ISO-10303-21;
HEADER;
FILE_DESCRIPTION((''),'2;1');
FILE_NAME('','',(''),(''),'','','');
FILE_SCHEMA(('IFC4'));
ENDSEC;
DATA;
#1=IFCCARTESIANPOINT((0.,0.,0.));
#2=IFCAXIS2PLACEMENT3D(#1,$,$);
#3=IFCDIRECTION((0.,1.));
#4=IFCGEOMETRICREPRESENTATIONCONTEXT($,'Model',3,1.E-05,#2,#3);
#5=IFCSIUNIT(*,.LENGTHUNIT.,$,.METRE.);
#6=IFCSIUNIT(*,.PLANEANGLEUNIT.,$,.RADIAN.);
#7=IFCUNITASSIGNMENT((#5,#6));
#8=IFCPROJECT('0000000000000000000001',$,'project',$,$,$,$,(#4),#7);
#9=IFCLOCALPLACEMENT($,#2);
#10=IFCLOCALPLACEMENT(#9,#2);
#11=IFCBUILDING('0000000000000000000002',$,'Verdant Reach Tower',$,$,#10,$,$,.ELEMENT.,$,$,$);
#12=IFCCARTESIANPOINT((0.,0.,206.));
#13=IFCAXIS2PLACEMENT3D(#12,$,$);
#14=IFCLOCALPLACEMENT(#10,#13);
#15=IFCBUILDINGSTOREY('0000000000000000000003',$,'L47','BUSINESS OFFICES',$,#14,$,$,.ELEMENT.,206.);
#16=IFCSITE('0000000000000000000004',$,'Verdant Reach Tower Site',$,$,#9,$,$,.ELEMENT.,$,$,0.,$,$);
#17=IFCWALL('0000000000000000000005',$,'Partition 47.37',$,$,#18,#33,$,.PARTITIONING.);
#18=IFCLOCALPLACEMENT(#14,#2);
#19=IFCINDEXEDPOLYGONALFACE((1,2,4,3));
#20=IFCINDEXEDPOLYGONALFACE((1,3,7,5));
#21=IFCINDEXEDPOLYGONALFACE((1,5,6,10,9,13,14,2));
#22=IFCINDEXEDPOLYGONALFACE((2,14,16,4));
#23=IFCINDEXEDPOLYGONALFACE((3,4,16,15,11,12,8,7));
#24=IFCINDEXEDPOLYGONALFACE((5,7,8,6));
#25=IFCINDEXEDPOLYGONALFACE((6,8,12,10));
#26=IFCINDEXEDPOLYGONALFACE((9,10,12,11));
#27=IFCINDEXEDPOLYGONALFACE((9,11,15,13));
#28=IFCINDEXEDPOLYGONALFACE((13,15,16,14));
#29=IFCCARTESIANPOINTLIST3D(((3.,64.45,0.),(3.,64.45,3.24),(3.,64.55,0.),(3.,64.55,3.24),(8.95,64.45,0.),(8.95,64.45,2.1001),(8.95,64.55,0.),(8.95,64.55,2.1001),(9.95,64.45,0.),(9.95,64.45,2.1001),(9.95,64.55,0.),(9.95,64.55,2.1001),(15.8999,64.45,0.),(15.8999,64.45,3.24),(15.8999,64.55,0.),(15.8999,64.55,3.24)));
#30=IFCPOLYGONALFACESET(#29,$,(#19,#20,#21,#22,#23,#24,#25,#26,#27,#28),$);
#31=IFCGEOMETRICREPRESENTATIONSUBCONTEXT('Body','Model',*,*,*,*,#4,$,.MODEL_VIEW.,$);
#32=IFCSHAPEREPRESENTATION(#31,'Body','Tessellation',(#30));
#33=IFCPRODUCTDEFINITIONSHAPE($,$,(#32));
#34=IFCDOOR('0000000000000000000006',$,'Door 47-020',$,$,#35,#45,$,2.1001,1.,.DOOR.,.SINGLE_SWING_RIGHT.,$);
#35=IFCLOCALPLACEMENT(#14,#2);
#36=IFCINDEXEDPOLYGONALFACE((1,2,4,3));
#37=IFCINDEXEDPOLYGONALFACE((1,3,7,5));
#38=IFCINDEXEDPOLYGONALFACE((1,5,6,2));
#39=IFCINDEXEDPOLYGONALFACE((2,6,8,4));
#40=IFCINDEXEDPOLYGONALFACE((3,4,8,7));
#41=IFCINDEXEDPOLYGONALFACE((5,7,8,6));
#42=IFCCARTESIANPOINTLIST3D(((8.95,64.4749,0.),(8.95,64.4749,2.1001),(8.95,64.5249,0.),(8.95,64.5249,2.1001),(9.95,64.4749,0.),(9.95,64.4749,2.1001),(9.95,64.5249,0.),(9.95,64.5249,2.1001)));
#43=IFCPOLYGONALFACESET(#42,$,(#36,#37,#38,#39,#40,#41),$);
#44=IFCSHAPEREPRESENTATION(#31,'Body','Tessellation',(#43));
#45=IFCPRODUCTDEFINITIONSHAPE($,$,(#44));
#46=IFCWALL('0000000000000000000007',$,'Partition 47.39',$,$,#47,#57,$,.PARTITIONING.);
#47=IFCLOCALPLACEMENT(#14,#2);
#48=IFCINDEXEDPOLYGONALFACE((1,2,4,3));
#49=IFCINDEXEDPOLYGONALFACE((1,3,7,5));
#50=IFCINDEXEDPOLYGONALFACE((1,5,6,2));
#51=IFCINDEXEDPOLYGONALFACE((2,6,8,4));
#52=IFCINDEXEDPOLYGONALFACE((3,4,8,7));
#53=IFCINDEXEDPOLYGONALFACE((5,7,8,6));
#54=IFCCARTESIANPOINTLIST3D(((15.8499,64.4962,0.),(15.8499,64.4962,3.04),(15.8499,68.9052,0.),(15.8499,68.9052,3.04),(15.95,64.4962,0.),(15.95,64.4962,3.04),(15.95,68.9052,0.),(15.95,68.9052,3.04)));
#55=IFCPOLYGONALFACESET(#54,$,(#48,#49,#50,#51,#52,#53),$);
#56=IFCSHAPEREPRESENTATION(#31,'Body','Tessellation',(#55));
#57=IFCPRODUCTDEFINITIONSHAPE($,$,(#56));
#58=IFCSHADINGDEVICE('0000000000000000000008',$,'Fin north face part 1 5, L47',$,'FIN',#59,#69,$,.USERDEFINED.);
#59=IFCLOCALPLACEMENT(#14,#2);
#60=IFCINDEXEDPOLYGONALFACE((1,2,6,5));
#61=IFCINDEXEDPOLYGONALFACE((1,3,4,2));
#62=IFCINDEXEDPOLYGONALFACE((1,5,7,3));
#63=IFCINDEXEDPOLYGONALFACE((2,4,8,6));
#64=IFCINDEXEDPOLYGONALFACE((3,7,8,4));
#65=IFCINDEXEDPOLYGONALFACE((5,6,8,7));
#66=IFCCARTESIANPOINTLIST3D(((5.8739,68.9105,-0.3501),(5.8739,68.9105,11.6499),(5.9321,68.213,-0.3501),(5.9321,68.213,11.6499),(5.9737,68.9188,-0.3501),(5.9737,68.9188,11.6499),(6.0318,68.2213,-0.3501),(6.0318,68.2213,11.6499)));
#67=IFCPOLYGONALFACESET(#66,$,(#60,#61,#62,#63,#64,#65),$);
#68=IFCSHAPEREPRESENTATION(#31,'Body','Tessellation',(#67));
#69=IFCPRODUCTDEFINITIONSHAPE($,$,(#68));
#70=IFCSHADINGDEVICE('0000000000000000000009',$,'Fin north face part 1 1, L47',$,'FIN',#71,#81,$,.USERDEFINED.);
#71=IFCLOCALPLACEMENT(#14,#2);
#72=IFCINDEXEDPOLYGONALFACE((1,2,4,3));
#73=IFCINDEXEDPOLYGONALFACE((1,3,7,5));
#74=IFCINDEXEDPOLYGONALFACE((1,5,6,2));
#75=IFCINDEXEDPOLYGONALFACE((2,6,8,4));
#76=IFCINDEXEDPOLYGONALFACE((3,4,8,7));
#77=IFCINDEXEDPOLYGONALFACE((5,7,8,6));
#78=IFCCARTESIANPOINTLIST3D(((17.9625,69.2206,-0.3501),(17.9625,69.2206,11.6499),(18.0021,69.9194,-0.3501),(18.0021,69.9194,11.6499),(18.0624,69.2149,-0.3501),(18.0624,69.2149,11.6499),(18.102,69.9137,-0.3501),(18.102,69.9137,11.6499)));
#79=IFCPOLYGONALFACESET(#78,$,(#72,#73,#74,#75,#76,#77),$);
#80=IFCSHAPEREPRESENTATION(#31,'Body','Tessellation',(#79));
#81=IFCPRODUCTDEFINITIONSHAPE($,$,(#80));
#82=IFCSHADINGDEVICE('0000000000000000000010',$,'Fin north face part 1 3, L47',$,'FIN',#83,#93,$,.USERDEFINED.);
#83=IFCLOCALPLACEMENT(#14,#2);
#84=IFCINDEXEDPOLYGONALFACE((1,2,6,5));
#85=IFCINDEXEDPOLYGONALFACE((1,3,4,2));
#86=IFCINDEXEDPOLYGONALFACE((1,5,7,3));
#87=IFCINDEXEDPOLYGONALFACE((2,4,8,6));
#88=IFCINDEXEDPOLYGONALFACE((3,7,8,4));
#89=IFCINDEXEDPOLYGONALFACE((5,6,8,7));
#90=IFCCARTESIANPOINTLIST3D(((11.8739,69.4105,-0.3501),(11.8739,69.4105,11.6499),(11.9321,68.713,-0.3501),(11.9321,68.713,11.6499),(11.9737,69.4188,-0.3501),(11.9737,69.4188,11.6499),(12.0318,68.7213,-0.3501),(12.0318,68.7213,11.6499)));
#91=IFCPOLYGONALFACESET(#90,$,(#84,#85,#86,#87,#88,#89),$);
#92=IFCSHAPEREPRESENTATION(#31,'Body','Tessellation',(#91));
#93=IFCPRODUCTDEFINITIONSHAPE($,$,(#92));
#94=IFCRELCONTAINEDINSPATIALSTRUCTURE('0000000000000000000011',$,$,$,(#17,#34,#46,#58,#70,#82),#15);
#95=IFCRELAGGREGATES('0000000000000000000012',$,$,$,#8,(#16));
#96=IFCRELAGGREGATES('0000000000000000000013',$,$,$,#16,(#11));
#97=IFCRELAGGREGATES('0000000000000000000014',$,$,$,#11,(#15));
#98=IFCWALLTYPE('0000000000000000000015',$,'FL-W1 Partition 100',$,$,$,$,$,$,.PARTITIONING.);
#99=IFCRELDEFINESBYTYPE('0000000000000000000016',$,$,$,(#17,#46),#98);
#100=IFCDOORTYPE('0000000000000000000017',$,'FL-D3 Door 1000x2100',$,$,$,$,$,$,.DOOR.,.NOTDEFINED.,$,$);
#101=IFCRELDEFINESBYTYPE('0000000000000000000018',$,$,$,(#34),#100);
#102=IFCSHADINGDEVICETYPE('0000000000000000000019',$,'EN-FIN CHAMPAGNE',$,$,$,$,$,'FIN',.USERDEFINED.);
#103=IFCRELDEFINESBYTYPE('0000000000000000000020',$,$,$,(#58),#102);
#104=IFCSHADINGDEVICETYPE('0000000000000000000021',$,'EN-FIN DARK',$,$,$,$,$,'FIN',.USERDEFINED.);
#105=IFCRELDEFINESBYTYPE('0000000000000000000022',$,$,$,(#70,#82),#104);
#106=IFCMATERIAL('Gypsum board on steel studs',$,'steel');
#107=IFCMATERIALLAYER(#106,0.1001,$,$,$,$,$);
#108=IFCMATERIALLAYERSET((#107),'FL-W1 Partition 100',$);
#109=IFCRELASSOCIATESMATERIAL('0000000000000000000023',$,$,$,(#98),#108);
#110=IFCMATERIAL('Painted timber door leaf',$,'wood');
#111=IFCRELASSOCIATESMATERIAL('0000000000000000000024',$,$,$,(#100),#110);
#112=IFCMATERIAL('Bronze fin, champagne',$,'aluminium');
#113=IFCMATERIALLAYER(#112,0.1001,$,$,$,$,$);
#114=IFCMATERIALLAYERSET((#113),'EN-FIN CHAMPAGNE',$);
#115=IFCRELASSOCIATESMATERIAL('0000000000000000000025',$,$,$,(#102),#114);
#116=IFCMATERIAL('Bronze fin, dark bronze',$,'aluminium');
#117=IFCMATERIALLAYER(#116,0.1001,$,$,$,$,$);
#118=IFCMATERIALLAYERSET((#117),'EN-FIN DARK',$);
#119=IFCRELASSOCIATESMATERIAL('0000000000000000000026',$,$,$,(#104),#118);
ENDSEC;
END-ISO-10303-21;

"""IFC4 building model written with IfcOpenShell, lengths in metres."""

from ifc_helpers import new_model, si_unit, direction, frame, frame_2d, origin, origin_2d, place, context, subcontext, project, spatial, rectangle, extrude, material, layer, layer_set, type_object, element, fill, save


model = new_model("IFC4")

# Units and contexts
model_context = context("Model", 3, precision=1e-05, world=origin(), true_north=direction((0.0, 1.0)))
body_context = subcontext(model_context, "Body", "Model", "MODEL_VIEW")
ifc_project = project(units=[si_unit("LENGTHUNIT", "METRE"), si_unit("PLANEANGLEUNIT", "RADIAN")], contexts=[model_context])

# Site, building, storey
site_placement = place(None, origin())
site = spatial("IfcSite", under=ifc_project, at=site_placement, Name="Verdant Reach Tower Site", CompositionType="ELEMENT", RefElevation=0.0)
building_placement = place(site_placement, origin())
building = spatial("IfcBuilding", under=site, at=building_placement, Name="Verdant Reach Tower", CompositionType="ELEMENT")
storey_placement = place(building_placement, frame((0.0, 0.0, 206.0)))
storey = spatial("IfcBuildingStorey", under=building, at=storey_placement, Name="L47", Description="BUSINESS OFFICES", CompositionType="ELEMENT", Elevation=206.0)

# Shared definitions
ifc_material_1 = material(Name="Gypsum board on steel studs", Category="steel")
ifc_layer_1 = layer(ifc_material_1, 0.1001)
ifc_layer_set_1 = layer_set([ifc_layer_1], Name="FL-W1 Partition 100")
wall_type = type_object("IfcWallType", Name="FL-W1 Partition 100", PredefinedType="PARTITIONING", material=ifc_layer_set_1)

# Wall, opening, door
wall_1_placement = place(storey_placement, frame((3.0, 64.5, 0.0), z_axis=(0.0, 0.0, 1.0), x_axis=(1.0, 0.0, 0.0)))
wall_1 = element("IfcWall", 1, at=wall_1_placement, inside=storey, type_object=wall_type, Name="Partition 47.37", PredefinedType="PARTITIONING", context=body_context, shape_type="SweptSolid", body=[
    extrude(rectangle(XDim=12.8999, YDim=0.1001, at=frame_2d((6.45, 0.0))), origin(), (0.0, 0.0, 1.0), 3.24),
])
opening_placement = place(wall_1_placement, frame((5.95, 0.0, 0.0)))
opening = element("IfcOpeningElement", 2, at=opening_placement, cuts=wall_1, PredefinedType="OPENING", context=body_context, shape_type="SweptSolid", body=[
    extrude(rectangle(XDim=1.0, YDim=2.1001, at=frame_2d((0.5, 1.05))), frame((0.0, 0.0601, 0.0), z_axis=(0.0, -1.0, 0.0), x_axis=(1.0, 0.0, 0.0)), (0.0, 0.0, 1.0), 0.1201),
])
ifc_material_2 = material(Name="Painted timber door leaf", Category="wood")
door_type = type_object("IfcDoorType", Name="FL-D3 Door 1000x2100", OperationType="NOTDEFINED", PredefinedType="DOOR", material=ifc_material_2)
door_placement = place(opening_placement, origin())
door = element("IfcDoor", 3, at=door_placement, inside=storey, type_object=door_type, Name="Door 47-020", OperationType="SINGLE_SWING_RIGHT", OverallHeight=2.1001, OverallWidth=1.0, PredefinedType="DOOR", context=body_context, shape_type="SweptSolid", body=[
    extrude(rectangle(XDim=1.0, YDim=2.1001, at=frame_2d((0.5, 1.05))), frame((0.0, 0.0249, 0.0), z_axis=(0.0, -1.0, 0.0), x_axis=(1.0, 0.0, 0.0)), (0.0, 0.0, 1.0), 0.05),
])
fill(opening, door)

# Wall
wall_2_placement = place(storey_placement, frame((15.8999, 64.4961, 0.0), z_axis=(0.0, 0.0, 1.0), x_axis=(0.0, 1.0, 0.0)))
element("IfcWall", 4, at=wall_2_placement, inside=storey, type_object=wall_type, Name="Partition 47.39", PredefinedType="PARTITIONING", context=body_context, shape_type="SweptSolid", body=[
    extrude(rectangle(XDim=4.4089, YDim=0.1001, at=frame_2d((2.2046, 0.0))), origin(), (0.0, 0.0, 1.0), 3.04),
])

# Shading devices
ifc_material_3 = material(Name="Bronze fin, champagne", Category="aluminium")
ifc_layer_2 = layer(ifc_material_3, 0.1001)
ifc_layer_set_2 = layer_set([ifc_layer_2], Name="EN-FIN CHAMPAGNE")
shading_device_type_1 = type_object("IfcShadingDeviceType", Name="EN-FIN CHAMPAGNE", ElementType="FIN", PredefinedType="USERDEFINED", material=ifc_layer_set_2)
shading_device_placement = place(storey_placement, frame((5.9529, 68.5659, -0.3501), z_axis=(0.0, 0.0, 1.0), x_axis=(-0.996546, -0.083045, 0.0)))
element("IfcShadingDevice", 5, at=shading_device_placement, inside=storey, type_object=shading_device_type_1, Name="Fin north face part 1 5, L47", ObjectType="FIN", PredefinedType="USERDEFINED", context=body_context, shape_type="SweptSolid", body=[
    extrude(rectangle(XDim=0.1001, YDim=0.7, at=origin_2d()), origin(), (0.0, 0.0, 1.0), 12.0),
])
ifc_material_4 = material(Name="Bronze fin, dark bronze", Category="aluminium")
ifc_layer_3 = layer(ifc_material_4, 0.1001)
ifc_layer_set_3 = layer_set([ifc_layer_3], Name="EN-FIN DARK")
shading_device_type_2 = type_object("IfcShadingDeviceType", Name="EN-FIN DARK", ElementType="FIN", PredefinedType="USERDEFINED", material=ifc_layer_set_3)
for number, where, z_axis, x_axis, name in (
    (6, (18.0322, 69.5671, -0.3501), (0.0, 0.0, 1.0), (-0.998399, 0.056569, 0.0), "Fin north face part 1 1, L47"),
    (7, (11.9529, 69.0659, -0.3501), (0.0, 0.0, 1.0), (-0.996546, -0.083045, 0.0), "Fin north face part 1 3, L47"),
):
    element("IfcShadingDevice", number, at=place(storey_placement, frame(where, z_axis=z_axis, x_axis=x_axis)), inside=storey, type_object=shading_device_type_2, Name=name, ObjectType="FIN", PredefinedType="USERDEFINED", context=body_context, shape_type="SweptSolid", body=[
        extrude(rectangle(XDim=0.1001, YDim=0.7, at=origin_2d()), origin(), (0.0, 0.0, 1.0), 12.0),
    ])

save(model, "model.ifc")
